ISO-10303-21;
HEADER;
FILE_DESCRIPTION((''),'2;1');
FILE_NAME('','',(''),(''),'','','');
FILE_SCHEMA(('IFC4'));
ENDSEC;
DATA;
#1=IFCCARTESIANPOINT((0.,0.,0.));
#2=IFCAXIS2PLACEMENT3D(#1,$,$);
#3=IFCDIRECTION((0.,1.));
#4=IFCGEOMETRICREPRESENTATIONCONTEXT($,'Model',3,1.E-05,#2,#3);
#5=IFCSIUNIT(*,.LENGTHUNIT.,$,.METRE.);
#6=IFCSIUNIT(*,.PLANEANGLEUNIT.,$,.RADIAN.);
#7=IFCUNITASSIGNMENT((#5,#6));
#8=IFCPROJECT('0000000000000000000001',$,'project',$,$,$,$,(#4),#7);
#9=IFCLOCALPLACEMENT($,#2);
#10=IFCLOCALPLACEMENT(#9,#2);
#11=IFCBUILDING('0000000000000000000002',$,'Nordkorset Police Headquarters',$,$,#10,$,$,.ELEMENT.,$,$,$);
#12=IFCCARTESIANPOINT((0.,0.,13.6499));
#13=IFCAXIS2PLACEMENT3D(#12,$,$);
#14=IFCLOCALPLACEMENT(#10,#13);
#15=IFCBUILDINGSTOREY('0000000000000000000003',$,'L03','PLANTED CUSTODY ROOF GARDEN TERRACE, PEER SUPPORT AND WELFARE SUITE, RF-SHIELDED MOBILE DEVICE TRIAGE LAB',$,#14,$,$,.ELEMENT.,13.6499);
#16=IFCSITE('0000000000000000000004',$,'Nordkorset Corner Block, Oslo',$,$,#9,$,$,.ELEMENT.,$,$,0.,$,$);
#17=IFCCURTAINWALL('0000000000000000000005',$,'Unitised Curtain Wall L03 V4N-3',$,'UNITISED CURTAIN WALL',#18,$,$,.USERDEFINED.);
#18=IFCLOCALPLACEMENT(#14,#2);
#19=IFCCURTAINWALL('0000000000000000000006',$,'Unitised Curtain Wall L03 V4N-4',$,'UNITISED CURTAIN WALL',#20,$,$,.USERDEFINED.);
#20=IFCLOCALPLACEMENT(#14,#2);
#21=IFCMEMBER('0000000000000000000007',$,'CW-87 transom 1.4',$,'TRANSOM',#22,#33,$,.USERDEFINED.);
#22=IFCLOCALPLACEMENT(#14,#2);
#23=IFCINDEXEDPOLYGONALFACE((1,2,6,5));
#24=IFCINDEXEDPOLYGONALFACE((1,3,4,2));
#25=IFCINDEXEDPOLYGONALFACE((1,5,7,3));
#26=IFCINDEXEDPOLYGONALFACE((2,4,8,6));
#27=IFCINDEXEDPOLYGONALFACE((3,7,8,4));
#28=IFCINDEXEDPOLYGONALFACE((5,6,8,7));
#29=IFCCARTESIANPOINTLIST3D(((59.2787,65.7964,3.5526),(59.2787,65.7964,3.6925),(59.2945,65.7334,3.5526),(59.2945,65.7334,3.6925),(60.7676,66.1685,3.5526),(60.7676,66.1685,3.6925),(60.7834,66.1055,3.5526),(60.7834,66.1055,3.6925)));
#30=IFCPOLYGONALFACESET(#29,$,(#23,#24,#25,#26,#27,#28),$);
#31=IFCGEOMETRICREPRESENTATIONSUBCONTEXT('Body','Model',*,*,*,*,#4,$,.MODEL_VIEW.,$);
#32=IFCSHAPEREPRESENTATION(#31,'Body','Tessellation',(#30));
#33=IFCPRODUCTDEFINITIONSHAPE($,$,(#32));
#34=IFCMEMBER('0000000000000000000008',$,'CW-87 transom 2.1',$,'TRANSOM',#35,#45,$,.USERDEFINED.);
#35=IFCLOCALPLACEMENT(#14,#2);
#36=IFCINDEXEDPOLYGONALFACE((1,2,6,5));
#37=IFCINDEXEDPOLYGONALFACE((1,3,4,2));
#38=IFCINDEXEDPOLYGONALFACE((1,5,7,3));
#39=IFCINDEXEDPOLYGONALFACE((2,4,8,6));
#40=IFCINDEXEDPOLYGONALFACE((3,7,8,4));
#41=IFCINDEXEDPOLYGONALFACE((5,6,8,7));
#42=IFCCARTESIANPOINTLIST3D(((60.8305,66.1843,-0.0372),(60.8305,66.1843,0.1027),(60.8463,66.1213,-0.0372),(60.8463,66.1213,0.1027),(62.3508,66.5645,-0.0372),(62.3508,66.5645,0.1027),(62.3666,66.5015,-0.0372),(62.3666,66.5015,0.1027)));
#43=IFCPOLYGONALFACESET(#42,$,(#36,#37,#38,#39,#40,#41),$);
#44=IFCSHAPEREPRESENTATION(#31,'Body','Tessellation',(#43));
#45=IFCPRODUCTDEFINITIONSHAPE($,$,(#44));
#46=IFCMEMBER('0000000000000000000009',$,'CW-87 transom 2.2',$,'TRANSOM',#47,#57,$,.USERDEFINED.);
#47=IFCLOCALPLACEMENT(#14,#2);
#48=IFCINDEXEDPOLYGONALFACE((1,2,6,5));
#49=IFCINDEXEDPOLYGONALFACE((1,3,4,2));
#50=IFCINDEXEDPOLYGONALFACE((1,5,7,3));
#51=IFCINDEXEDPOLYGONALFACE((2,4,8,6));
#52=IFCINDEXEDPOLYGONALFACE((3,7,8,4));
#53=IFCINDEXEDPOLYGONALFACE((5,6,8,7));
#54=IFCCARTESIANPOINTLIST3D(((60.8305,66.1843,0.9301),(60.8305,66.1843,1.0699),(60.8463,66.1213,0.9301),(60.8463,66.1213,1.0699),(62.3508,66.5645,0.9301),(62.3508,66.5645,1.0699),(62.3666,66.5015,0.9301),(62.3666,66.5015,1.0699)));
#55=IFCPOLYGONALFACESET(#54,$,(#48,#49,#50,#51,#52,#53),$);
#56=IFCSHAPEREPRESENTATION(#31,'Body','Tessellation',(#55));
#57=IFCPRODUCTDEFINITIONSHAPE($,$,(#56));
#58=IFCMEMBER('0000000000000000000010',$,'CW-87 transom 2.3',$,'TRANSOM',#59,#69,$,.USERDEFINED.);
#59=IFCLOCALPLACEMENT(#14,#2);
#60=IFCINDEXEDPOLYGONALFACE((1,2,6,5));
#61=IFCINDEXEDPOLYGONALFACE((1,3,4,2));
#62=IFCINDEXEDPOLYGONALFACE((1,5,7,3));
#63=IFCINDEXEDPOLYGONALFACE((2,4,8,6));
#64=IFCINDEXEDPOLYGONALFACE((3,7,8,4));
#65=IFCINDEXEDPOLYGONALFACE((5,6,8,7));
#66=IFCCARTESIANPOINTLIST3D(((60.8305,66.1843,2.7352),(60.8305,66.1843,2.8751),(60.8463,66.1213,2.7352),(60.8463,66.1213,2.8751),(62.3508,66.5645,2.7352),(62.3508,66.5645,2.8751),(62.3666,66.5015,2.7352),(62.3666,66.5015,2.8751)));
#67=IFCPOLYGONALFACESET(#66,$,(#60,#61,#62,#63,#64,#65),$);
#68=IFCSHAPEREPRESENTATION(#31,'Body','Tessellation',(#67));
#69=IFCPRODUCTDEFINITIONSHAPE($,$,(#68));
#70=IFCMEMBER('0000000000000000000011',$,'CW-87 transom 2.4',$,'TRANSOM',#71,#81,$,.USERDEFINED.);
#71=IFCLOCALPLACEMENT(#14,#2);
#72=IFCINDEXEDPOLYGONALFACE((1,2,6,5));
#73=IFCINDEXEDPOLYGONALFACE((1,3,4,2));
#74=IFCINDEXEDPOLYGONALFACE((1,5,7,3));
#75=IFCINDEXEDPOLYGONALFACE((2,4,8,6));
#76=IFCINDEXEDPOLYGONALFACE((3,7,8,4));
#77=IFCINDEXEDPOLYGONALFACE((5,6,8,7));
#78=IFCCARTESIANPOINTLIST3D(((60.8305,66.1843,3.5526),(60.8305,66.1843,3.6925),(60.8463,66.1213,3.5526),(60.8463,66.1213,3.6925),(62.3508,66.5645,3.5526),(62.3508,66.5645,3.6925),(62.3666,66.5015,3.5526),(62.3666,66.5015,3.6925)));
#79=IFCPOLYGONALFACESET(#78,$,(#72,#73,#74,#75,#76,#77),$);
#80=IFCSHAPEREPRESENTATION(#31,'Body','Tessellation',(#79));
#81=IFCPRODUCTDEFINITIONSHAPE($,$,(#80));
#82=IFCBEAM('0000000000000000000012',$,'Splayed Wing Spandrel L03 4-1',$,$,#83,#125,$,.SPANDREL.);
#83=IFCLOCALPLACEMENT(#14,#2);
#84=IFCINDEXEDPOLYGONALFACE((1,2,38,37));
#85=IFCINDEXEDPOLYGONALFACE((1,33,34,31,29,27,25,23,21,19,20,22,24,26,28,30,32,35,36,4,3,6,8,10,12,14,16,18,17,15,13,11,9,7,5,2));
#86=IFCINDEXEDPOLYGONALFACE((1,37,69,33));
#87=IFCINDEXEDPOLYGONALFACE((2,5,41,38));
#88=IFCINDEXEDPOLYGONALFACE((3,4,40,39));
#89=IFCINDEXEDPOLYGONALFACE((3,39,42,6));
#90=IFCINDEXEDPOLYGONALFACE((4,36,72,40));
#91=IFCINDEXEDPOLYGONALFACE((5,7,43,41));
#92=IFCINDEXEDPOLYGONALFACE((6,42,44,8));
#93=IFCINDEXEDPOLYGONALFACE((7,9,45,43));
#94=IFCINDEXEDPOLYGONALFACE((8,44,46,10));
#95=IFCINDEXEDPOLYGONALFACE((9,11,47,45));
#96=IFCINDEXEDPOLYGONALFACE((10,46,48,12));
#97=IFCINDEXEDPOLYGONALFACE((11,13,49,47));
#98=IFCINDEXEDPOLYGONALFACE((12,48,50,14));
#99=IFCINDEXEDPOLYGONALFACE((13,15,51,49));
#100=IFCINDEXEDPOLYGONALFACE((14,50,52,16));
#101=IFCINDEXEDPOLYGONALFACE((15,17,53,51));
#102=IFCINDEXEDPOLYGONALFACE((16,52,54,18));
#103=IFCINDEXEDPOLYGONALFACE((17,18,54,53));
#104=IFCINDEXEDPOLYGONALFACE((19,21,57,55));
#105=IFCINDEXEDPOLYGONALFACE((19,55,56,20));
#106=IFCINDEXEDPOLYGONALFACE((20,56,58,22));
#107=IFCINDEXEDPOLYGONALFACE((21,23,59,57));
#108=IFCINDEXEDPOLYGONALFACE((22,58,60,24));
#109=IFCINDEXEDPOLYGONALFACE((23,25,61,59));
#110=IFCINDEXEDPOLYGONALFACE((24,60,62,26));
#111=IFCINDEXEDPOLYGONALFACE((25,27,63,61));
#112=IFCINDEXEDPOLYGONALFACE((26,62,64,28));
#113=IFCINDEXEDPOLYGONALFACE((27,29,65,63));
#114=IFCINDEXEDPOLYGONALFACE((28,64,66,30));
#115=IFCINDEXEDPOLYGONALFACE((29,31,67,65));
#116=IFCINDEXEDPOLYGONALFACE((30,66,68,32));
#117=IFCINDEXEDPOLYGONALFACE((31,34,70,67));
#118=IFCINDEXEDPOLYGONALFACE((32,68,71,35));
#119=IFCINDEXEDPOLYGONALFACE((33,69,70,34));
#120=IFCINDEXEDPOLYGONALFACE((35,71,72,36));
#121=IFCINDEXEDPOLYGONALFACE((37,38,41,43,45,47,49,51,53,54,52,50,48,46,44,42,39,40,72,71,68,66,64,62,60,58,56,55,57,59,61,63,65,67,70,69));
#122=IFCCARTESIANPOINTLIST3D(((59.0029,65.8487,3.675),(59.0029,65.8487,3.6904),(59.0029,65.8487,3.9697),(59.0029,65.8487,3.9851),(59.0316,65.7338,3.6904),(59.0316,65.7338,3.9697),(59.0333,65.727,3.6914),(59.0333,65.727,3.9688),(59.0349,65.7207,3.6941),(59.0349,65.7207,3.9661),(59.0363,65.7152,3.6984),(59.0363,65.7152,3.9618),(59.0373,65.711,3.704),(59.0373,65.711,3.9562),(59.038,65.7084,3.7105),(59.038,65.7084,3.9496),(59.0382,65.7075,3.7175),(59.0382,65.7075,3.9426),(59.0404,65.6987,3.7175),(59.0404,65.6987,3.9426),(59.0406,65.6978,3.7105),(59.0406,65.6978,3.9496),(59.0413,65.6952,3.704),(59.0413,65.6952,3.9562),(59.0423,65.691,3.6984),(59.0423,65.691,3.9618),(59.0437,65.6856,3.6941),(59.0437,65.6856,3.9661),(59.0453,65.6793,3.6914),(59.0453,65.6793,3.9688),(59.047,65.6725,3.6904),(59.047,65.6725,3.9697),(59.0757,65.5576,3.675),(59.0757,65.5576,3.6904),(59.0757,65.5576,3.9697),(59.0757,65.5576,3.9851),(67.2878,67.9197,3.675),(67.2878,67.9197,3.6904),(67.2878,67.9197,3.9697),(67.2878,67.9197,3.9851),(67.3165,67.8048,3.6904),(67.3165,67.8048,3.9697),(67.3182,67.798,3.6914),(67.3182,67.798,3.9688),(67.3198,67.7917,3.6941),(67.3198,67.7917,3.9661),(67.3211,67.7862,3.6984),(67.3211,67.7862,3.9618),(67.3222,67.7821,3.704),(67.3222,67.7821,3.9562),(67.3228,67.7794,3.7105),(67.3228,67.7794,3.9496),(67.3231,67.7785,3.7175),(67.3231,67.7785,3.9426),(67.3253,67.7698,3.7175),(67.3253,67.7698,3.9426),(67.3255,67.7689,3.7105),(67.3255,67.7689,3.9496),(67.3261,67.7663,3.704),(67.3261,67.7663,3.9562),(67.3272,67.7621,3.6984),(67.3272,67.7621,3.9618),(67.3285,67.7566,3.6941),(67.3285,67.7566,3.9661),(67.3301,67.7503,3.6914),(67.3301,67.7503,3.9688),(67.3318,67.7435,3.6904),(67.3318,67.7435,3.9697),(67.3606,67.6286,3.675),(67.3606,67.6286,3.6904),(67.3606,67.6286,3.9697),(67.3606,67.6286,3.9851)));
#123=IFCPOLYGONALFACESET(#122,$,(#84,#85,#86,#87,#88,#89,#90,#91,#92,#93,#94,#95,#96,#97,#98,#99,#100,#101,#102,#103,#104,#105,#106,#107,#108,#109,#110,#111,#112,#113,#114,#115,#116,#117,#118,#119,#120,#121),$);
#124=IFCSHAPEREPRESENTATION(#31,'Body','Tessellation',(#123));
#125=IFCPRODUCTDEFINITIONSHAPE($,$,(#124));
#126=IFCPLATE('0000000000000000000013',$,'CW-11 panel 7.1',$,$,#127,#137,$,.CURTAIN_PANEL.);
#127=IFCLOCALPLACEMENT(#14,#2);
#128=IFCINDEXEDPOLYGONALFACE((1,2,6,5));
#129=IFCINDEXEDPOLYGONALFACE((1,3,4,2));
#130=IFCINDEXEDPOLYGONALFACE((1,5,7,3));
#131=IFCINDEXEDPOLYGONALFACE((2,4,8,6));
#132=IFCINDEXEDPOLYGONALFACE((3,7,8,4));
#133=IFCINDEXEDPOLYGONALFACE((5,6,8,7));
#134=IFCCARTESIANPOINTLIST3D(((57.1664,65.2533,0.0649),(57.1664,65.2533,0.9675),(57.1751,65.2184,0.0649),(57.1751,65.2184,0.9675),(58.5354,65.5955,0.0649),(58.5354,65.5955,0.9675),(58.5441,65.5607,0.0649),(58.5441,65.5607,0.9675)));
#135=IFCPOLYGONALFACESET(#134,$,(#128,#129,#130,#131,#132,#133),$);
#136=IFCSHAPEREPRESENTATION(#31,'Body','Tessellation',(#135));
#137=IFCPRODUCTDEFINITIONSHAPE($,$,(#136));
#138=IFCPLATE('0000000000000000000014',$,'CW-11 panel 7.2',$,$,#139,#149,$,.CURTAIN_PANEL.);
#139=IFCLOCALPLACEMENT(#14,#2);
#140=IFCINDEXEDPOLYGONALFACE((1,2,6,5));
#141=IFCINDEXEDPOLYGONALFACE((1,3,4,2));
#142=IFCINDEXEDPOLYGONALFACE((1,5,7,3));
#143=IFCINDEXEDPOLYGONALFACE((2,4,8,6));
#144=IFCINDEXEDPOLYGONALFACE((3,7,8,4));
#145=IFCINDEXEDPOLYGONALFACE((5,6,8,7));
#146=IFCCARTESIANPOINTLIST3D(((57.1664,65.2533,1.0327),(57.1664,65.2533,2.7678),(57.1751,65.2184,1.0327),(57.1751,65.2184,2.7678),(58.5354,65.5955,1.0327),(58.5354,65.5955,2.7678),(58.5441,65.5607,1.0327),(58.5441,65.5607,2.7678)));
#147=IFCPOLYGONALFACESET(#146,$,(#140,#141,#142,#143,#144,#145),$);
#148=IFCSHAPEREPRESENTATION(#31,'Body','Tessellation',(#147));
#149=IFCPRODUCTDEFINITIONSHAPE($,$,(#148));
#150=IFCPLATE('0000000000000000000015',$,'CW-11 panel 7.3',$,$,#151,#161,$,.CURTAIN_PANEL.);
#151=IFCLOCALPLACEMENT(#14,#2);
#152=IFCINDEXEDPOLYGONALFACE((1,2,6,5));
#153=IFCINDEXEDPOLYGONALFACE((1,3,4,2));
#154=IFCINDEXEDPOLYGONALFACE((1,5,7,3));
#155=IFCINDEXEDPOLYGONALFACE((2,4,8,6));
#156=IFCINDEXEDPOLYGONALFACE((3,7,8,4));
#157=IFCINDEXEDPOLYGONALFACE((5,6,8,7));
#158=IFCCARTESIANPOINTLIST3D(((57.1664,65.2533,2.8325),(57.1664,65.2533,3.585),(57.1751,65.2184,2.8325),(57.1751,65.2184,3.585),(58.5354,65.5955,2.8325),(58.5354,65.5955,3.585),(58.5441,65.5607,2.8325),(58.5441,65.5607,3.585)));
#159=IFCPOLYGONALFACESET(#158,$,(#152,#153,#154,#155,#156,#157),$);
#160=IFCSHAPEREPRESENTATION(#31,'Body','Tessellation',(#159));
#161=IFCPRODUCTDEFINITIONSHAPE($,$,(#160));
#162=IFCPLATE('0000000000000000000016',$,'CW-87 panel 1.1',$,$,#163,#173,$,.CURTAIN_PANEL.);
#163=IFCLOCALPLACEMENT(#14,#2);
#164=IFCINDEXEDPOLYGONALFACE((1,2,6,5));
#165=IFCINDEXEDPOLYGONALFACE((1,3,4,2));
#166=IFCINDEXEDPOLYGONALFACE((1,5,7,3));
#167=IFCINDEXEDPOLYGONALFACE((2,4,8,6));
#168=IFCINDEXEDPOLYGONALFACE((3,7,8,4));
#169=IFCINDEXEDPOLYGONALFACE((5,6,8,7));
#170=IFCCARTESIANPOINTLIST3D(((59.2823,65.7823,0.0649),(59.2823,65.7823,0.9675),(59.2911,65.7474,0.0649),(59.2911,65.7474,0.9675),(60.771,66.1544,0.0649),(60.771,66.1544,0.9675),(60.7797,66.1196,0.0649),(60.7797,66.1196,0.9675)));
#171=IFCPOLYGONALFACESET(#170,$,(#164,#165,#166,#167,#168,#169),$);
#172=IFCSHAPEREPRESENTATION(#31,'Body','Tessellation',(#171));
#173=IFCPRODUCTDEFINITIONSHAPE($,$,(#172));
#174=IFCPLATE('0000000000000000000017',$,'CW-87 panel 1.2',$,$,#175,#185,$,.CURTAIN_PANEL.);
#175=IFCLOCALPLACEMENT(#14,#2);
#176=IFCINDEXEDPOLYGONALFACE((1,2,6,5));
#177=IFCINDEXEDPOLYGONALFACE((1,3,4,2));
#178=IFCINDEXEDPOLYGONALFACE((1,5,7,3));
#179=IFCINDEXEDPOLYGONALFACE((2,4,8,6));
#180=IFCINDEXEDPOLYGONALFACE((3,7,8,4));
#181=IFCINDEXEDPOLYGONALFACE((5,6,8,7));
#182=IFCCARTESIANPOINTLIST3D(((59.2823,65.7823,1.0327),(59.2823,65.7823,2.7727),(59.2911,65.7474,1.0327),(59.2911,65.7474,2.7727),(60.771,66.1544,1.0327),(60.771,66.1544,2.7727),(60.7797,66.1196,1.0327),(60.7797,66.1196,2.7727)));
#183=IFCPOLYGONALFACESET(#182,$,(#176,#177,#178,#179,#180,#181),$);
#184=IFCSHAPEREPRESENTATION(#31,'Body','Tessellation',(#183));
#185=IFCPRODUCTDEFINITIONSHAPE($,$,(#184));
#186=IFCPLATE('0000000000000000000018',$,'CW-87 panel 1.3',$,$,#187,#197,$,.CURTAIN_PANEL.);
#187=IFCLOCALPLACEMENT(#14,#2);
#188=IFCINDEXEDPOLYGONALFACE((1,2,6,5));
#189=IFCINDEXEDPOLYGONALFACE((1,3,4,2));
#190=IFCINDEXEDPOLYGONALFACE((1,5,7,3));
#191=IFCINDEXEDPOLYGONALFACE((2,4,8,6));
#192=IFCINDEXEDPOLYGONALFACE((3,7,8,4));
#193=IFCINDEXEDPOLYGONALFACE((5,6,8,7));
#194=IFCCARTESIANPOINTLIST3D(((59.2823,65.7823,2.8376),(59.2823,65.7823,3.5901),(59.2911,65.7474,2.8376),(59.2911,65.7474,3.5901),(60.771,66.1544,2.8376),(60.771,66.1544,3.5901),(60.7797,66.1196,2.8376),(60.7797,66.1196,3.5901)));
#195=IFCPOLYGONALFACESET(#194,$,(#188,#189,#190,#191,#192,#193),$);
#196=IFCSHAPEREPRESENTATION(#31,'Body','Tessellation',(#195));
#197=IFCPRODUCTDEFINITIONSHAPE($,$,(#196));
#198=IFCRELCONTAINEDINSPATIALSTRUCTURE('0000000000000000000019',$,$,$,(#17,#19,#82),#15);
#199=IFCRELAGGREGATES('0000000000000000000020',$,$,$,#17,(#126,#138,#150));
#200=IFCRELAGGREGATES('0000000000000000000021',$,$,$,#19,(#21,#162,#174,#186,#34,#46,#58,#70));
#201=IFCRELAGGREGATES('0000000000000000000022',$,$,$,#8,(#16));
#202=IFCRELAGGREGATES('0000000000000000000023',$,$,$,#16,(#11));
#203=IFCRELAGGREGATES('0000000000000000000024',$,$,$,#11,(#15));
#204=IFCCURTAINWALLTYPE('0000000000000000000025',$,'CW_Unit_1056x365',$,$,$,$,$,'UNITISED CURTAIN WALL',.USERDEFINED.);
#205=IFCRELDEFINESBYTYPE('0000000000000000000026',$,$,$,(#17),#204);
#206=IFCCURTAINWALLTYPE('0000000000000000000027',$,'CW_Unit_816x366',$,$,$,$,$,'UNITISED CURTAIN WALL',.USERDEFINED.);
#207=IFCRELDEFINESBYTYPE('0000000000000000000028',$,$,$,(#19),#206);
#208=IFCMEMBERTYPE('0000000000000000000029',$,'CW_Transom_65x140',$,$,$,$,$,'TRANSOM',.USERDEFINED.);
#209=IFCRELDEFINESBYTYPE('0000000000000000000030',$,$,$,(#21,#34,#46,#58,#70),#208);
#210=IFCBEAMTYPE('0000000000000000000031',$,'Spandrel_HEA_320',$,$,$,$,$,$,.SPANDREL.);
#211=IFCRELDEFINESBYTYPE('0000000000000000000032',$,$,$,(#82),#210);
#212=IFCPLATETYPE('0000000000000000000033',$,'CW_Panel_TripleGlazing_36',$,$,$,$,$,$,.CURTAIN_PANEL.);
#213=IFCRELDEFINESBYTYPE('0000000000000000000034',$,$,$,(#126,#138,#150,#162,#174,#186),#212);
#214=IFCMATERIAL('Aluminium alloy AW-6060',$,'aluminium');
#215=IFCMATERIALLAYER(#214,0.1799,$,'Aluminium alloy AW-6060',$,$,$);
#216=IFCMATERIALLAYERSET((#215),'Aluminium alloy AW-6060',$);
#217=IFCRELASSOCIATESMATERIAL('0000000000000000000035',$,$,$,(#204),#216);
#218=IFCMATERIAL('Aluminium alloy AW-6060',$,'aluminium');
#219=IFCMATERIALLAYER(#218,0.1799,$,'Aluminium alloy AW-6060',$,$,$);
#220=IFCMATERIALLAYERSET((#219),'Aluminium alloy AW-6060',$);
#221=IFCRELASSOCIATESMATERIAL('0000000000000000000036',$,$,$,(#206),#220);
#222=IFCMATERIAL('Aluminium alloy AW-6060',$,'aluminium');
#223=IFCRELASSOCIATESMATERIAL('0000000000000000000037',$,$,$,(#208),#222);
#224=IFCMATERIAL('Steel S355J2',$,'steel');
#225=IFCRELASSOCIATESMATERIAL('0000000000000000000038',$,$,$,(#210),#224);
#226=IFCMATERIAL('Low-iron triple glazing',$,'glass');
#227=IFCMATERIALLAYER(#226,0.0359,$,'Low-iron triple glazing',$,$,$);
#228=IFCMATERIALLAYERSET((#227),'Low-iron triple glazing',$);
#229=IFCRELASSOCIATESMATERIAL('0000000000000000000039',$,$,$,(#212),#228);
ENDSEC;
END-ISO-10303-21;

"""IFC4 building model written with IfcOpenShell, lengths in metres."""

from ifc_helpers import new_model, si_unit, direction, frame, origin, origin_2d, place, context, subcontext, project, spatial, rectangle, i_section, extrude, material, layer, layer_set, material_profile, profile_set, type_object, element, aggregate, save


model = new_model("IFC4")

# Units and contexts
model_context = context("Model", 3, precision=1e-05, world=origin(), true_north=direction((0.0, 1.0)))
body_context = subcontext(model_context, "Body", "Model", "MODEL_VIEW")
ifc_project = project(units=[si_unit("LENGTHUNIT", "METRE"), si_unit("PLANEANGLEUNIT", "RADIAN")], contexts=[model_context])

# Site, building, storey
site_placement = place(None, origin())
site = spatial("IfcSite", under=ifc_project, at=site_placement, Name="Nordkorset Corner Block, Oslo", CompositionType="ELEMENT", RefElevation=0.0)
building_placement = place(site_placement, origin())
building = spatial("IfcBuilding", under=site, at=building_placement, Name="Nordkorset Police Headquarters", CompositionType="ELEMENT")
storey_placement = place(building_placement, frame((0.0, 0.0, 13.6499)))
storey = spatial("IfcBuildingStorey", under=building, at=storey_placement, Name="L03", Description="PLANTED CUSTODY ROOF GARDEN TERRACE, PEER SUPPORT AND WELFARE SUITE, RF-SHIELDED MOBILE DEVICE TRIAGE LAB", CompositionType="ELEMENT", Elevation=13.6499)

# Curtain wall
ifc_material_1 = material(Name="Aluminium alloy AW-6060", Category="aluminium")
ifc_layer_1 = layer(ifc_material_1, 0.1799, Name="Aluminium alloy AW-6060")
ifc_layer_set_1 = layer_set([ifc_layer_1], Name="Aluminium alloy AW-6060")
curtain_wall_type_1 = type_object("IfcCurtainWallType", Name="CW_Unit_1056x365", ElementType="UNITISED CURTAIN WALL", PredefinedType="USERDEFINED", material=ifc_layer_set_1)
curtain_wall_1_placement = place(storey_placement, origin())
curtain_wall_1 = element("IfcCurtainWall", 1, at=curtain_wall_1_placement, inside=storey, type_object=curtain_wall_type_1, Name="Unitised Curtain Wall L03 V4N-3", ObjectType="UNITISED CURTAIN WALL", PredefinedType="USERDEFINED")

# Curtain wall
ifc_material_2 = material(Name="Aluminium alloy AW-6060", Category="aluminium")
ifc_layer_2 = layer(ifc_material_2, 0.1799, Name="Aluminium alloy AW-6060")
ifc_layer_set_2 = layer_set([ifc_layer_2], Name="Aluminium alloy AW-6060")
curtain_wall_type_2 = type_object("IfcCurtainWallType", Name="CW_Unit_816x366", ElementType="UNITISED CURTAIN WALL", PredefinedType="USERDEFINED", material=ifc_layer_set_2)
curtain_wall_2_placement = place(storey_placement, origin())
curtain_wall_2 = element("IfcCurtainWall", 2, at=curtain_wall_2_placement, inside=storey, type_object=curtain_wall_type_2, Name="Unitised Curtain Wall L03 V4N-4", ObjectType="UNITISED CURTAIN WALL", PredefinedType="USERDEFINED")

# Members
ifc_material_3 = material(Name="Aluminium alloy AW-6060", Category="aluminium")
ifc_material_profile_1 = material_profile(ifc_material_3, rectangle(XDim=0.0649, YDim=0.1399, at=origin_2d()), Name="ALU TRAN 65x140")
ifc_profile_set_1 = profile_set([ifc_material_profile_1], Name="Aluminium alloy AW-6060")
member_type_1 = type_object("IfcMemberType", Name="CW_Transom_65x140", ElementType="TRANSOM", PredefinedType="USERDEFINED", material=ifc_profile_set_1)
member_1_placement = place(storey_placement, frame((59.2866, 65.7649, 3.6226), z_axis=(0.970161, 0.242461, 0.0), x_axis=(-0.242461, 0.970161, 0.0)))
member_1 = element("IfcMember", 3, at=member_1_placement, type_object=member_type_1, Name="CW-87 transom 1.4", ObjectType="TRANSOM", PredefinedType="USERDEFINED", context=body_context, shape_type="SweptSolid", body=[
    extrude(rectangle(XDim=0.0649, YDim=0.1399, at=origin_2d()), origin(), (0.0, 0.0, 1.0), 1.5347),
])
member_2_placement = place(storey_placement, frame((60.8384, 66.1528, 0.0327), z_axis=(0.970133, 0.242572, 0.0), x_axis=(-0.242572, 0.970133, 0.0)))
member_2 = element("IfcMember", 4, at=member_2_placement, type_object=member_type_1, Name="CW-87 transom 2.1", ObjectType="TRANSOM", PredefinedType="USERDEFINED", context=body_context, shape_type="SweptSolid", body=[
    extrude(rectangle(XDim=0.0649, YDim=0.1399, at=origin_2d()), origin(), (0.0, 0.0, 1.0), 1.5671),
])
member_3_placement = place(storey_placement, frame((60.8384, 66.1528, 1.0), z_axis=(0.970133, 0.242572, 0.0), x_axis=(-0.242572, 0.970133, 0.0)))
member_3 = element("IfcMember", 5, at=member_3_placement, type_object=member_type_1, Name="CW-87 transom 2.2", ObjectType="TRANSOM", PredefinedType="USERDEFINED", context=body_context, shape_type="SweptSolid", body=[
    extrude(rectangle(XDim=0.0649, YDim=0.1399, at=origin_2d()), origin(), (0.0, 0.0, 1.0), 1.5671),
])
member_4_placement = place(storey_placement, frame((60.8384, 66.1528, 2.8052), z_axis=(0.970133, 0.242572, 0.0), x_axis=(-0.242572, 0.970133, 0.0)))
member_4 = element("IfcMember", 6, at=member_4_placement, type_object=member_type_1, Name="CW-87 transom 2.3", ObjectType="TRANSOM", PredefinedType="USERDEFINED", context=body_context, shape_type="SweptSolid", body=[
    extrude(rectangle(XDim=0.0649, YDim=0.1399, at=origin_2d()), origin(), (0.0, 0.0, 1.0), 1.5671),
])
member_5_placement = place(storey_placement, frame((60.8384, 66.1528, 3.6226), z_axis=(0.970133, 0.242572, 0.0), x_axis=(-0.242572, 0.970133, 0.0)))
member_5 = element("IfcMember", 7, at=member_5_placement, type_object=member_type_1, Name="CW-87 transom 2.4", ObjectType="TRANSOM", PredefinedType="USERDEFINED", context=body_context, shape_type="SweptSolid", body=[
    extrude(rectangle(XDim=0.0649, YDim=0.1399, at=origin_2d()), origin(), (0.0, 0.0, 1.0), 1.5671),
])

# Beam
ifc_material_4 = material(Name="Steel S355J2", Category="steel")
ifc_material_profile_2 = material_profile(ifc_material_4, i_section(OverallWidth=0.3, OverallDepth=0.3101, WebThickness=0.009, FlangeThickness=0.0154, FilletRadius=0.0271, at=origin_2d()), Name="HEA 320")
ifc_profile_set_2 = profile_set([ifc_material_profile_2], Name="Steel S355J2")
beam_type = type_object("IfcBeamType", Name="Spandrel_HEA_320", PredefinedType="SPANDREL", material=ifc_profile_set_2)
beam_placement = place(storey_placement, frame((59.0393, 65.7031, 3.8301), z_axis=(0.970148, 0.242515, 0.0), x_axis=(-0.242515, 0.970148, 0.0)))
element("IfcBeam", 8, at=beam_placement, inside=storey, type_object=beam_type, Name="Splayed Wing Spandrel L03 4-1", PredefinedType="SPANDREL", context=body_context, shape_type="SweptSolid", body=[
    extrude(i_section(OverallWidth=0.3, OverallDepth=0.3101, WebThickness=0.009, FlangeThickness=0.0154, FilletRadius=0.0271, at=origin_2d()), origin(), (0.0, 0.0, 1.0), 8.5398),
])

# Plates
ifc_material_5 = material(Name="Low-iron triple glazing", Category="glass")
ifc_layer_3 = layer(ifc_material_5, 0.0359, Name="Low-iron triple glazing")
ifc_layer_set_3 = layer_set([ifc_layer_3], Name="Low-iron triple glazing")
plate_type = type_object("IfcPlateType", Name="CW_Panel_TripleGlazing_36", PredefinedType="CURTAIN_PANEL", material=ifc_layer_set_3)
plate_1_placement = place(storey_placement, frame((57.8552, 65.407, 0.0649), z_axis=(0.0, 0.0, 1.0), x_axis=(0.970142, 0.242536, 0.0)))
plate_1 = element("IfcPlate", 9, at=plate_1_placement, type_object=plate_type, Name="CW-11 panel 7.1", PredefinedType="CURTAIN_PANEL", context=body_context, shape_type="SweptSolid", body=[
    extrude(rectangle(XDim=1.4111, YDim=0.0359, at=origin_2d()), origin(), (0.0, 0.0, 1.0), 0.9026),
])
plate_2_placement = place(storey_placement, frame((57.8552, 65.407, 1.0327), z_axis=(0.0, 0.0, 1.0), x_axis=(0.970142, 0.242536, 0.0)))
plate_2 = element("IfcPlate", 10, at=plate_2_placement, type_object=plate_type, Name="CW-11 panel 7.2", PredefinedType="CURTAIN_PANEL", context=body_context, shape_type="SweptSolid", body=[
    extrude(rectangle(XDim=1.4111, YDim=0.0359, at=origin_2d()), origin(), (0.0, 0.0, 1.0), 1.7351),
])
plate_3_placement = place(storey_placement, frame((57.8552, 65.407, 2.8325), z_axis=(0.0, 0.0, 1.0), x_axis=(0.970142, 0.242536, 0.0)))
plate_3 = element("IfcPlate", 11, at=plate_3_placement, type_object=plate_type, Name="CW-11 panel 7.3", PredefinedType="CURTAIN_PANEL", context=body_context, shape_type="SweptSolid", body=[
    extrude(rectangle(XDim=1.4111, YDim=0.0359, at=origin_2d()), origin(), (0.0, 0.0, 1.0), 0.7524),
])
aggregate(curtain_wall_1, [plate_1, plate_2, plate_3])
plate_4_placement = place(storey_placement, frame((60.031, 65.9509, 0.0649), z_axis=(0.0, 0.0, 1.0), x_axis=(0.970143, 0.242535, 0.0)))
plate_4 = element("IfcPlate", 12, at=plate_4_placement, type_object=plate_type, Name="CW-87 panel 1.1", PredefinedType="CURTAIN_PANEL", context=body_context, shape_type="SweptSolid", body=[
    extrude(rectangle(XDim=1.5344, YDim=0.0359, at=origin_2d()), origin(), (0.0, 0.0, 1.0), 0.9026),
])
plate_5_placement = place(storey_placement, frame((60.031, 65.9509, 1.0327), z_axis=(0.0, 0.0, 1.0), x_axis=(0.970143, 0.242535, 0.0)))
plate_5 = element("IfcPlate", 13, at=plate_5_placement, type_object=plate_type, Name="CW-87 panel 1.2", PredefinedType="CURTAIN_PANEL", context=body_context, shape_type="SweptSolid", body=[
    extrude(rectangle(XDim=1.5344, YDim=0.0359, at=origin_2d()), origin(), (0.0, 0.0, 1.0), 1.74),
])
plate_6_placement = place(storey_placement, frame((60.031, 65.9509, 2.8376), z_axis=(0.0, 0.0, 1.0), x_axis=(0.970143, 0.242535, 0.0)))
plate_6 = element("IfcPlate", 14, at=plate_6_placement, type_object=plate_type, Name="CW-87 panel 1.3", PredefinedType="CURTAIN_PANEL", context=body_context, shape_type="SweptSolid", body=[
    extrude(rectangle(XDim=1.5344, YDim=0.0359, at=origin_2d()), origin(), (0.0, 0.0, 1.0), 0.7524),
])
aggregate(curtain_wall_2, [member_1, plate_4, plate_5, plate_6, member_2, member_3, member_4, member_5])

save(model, "model.ifc")
